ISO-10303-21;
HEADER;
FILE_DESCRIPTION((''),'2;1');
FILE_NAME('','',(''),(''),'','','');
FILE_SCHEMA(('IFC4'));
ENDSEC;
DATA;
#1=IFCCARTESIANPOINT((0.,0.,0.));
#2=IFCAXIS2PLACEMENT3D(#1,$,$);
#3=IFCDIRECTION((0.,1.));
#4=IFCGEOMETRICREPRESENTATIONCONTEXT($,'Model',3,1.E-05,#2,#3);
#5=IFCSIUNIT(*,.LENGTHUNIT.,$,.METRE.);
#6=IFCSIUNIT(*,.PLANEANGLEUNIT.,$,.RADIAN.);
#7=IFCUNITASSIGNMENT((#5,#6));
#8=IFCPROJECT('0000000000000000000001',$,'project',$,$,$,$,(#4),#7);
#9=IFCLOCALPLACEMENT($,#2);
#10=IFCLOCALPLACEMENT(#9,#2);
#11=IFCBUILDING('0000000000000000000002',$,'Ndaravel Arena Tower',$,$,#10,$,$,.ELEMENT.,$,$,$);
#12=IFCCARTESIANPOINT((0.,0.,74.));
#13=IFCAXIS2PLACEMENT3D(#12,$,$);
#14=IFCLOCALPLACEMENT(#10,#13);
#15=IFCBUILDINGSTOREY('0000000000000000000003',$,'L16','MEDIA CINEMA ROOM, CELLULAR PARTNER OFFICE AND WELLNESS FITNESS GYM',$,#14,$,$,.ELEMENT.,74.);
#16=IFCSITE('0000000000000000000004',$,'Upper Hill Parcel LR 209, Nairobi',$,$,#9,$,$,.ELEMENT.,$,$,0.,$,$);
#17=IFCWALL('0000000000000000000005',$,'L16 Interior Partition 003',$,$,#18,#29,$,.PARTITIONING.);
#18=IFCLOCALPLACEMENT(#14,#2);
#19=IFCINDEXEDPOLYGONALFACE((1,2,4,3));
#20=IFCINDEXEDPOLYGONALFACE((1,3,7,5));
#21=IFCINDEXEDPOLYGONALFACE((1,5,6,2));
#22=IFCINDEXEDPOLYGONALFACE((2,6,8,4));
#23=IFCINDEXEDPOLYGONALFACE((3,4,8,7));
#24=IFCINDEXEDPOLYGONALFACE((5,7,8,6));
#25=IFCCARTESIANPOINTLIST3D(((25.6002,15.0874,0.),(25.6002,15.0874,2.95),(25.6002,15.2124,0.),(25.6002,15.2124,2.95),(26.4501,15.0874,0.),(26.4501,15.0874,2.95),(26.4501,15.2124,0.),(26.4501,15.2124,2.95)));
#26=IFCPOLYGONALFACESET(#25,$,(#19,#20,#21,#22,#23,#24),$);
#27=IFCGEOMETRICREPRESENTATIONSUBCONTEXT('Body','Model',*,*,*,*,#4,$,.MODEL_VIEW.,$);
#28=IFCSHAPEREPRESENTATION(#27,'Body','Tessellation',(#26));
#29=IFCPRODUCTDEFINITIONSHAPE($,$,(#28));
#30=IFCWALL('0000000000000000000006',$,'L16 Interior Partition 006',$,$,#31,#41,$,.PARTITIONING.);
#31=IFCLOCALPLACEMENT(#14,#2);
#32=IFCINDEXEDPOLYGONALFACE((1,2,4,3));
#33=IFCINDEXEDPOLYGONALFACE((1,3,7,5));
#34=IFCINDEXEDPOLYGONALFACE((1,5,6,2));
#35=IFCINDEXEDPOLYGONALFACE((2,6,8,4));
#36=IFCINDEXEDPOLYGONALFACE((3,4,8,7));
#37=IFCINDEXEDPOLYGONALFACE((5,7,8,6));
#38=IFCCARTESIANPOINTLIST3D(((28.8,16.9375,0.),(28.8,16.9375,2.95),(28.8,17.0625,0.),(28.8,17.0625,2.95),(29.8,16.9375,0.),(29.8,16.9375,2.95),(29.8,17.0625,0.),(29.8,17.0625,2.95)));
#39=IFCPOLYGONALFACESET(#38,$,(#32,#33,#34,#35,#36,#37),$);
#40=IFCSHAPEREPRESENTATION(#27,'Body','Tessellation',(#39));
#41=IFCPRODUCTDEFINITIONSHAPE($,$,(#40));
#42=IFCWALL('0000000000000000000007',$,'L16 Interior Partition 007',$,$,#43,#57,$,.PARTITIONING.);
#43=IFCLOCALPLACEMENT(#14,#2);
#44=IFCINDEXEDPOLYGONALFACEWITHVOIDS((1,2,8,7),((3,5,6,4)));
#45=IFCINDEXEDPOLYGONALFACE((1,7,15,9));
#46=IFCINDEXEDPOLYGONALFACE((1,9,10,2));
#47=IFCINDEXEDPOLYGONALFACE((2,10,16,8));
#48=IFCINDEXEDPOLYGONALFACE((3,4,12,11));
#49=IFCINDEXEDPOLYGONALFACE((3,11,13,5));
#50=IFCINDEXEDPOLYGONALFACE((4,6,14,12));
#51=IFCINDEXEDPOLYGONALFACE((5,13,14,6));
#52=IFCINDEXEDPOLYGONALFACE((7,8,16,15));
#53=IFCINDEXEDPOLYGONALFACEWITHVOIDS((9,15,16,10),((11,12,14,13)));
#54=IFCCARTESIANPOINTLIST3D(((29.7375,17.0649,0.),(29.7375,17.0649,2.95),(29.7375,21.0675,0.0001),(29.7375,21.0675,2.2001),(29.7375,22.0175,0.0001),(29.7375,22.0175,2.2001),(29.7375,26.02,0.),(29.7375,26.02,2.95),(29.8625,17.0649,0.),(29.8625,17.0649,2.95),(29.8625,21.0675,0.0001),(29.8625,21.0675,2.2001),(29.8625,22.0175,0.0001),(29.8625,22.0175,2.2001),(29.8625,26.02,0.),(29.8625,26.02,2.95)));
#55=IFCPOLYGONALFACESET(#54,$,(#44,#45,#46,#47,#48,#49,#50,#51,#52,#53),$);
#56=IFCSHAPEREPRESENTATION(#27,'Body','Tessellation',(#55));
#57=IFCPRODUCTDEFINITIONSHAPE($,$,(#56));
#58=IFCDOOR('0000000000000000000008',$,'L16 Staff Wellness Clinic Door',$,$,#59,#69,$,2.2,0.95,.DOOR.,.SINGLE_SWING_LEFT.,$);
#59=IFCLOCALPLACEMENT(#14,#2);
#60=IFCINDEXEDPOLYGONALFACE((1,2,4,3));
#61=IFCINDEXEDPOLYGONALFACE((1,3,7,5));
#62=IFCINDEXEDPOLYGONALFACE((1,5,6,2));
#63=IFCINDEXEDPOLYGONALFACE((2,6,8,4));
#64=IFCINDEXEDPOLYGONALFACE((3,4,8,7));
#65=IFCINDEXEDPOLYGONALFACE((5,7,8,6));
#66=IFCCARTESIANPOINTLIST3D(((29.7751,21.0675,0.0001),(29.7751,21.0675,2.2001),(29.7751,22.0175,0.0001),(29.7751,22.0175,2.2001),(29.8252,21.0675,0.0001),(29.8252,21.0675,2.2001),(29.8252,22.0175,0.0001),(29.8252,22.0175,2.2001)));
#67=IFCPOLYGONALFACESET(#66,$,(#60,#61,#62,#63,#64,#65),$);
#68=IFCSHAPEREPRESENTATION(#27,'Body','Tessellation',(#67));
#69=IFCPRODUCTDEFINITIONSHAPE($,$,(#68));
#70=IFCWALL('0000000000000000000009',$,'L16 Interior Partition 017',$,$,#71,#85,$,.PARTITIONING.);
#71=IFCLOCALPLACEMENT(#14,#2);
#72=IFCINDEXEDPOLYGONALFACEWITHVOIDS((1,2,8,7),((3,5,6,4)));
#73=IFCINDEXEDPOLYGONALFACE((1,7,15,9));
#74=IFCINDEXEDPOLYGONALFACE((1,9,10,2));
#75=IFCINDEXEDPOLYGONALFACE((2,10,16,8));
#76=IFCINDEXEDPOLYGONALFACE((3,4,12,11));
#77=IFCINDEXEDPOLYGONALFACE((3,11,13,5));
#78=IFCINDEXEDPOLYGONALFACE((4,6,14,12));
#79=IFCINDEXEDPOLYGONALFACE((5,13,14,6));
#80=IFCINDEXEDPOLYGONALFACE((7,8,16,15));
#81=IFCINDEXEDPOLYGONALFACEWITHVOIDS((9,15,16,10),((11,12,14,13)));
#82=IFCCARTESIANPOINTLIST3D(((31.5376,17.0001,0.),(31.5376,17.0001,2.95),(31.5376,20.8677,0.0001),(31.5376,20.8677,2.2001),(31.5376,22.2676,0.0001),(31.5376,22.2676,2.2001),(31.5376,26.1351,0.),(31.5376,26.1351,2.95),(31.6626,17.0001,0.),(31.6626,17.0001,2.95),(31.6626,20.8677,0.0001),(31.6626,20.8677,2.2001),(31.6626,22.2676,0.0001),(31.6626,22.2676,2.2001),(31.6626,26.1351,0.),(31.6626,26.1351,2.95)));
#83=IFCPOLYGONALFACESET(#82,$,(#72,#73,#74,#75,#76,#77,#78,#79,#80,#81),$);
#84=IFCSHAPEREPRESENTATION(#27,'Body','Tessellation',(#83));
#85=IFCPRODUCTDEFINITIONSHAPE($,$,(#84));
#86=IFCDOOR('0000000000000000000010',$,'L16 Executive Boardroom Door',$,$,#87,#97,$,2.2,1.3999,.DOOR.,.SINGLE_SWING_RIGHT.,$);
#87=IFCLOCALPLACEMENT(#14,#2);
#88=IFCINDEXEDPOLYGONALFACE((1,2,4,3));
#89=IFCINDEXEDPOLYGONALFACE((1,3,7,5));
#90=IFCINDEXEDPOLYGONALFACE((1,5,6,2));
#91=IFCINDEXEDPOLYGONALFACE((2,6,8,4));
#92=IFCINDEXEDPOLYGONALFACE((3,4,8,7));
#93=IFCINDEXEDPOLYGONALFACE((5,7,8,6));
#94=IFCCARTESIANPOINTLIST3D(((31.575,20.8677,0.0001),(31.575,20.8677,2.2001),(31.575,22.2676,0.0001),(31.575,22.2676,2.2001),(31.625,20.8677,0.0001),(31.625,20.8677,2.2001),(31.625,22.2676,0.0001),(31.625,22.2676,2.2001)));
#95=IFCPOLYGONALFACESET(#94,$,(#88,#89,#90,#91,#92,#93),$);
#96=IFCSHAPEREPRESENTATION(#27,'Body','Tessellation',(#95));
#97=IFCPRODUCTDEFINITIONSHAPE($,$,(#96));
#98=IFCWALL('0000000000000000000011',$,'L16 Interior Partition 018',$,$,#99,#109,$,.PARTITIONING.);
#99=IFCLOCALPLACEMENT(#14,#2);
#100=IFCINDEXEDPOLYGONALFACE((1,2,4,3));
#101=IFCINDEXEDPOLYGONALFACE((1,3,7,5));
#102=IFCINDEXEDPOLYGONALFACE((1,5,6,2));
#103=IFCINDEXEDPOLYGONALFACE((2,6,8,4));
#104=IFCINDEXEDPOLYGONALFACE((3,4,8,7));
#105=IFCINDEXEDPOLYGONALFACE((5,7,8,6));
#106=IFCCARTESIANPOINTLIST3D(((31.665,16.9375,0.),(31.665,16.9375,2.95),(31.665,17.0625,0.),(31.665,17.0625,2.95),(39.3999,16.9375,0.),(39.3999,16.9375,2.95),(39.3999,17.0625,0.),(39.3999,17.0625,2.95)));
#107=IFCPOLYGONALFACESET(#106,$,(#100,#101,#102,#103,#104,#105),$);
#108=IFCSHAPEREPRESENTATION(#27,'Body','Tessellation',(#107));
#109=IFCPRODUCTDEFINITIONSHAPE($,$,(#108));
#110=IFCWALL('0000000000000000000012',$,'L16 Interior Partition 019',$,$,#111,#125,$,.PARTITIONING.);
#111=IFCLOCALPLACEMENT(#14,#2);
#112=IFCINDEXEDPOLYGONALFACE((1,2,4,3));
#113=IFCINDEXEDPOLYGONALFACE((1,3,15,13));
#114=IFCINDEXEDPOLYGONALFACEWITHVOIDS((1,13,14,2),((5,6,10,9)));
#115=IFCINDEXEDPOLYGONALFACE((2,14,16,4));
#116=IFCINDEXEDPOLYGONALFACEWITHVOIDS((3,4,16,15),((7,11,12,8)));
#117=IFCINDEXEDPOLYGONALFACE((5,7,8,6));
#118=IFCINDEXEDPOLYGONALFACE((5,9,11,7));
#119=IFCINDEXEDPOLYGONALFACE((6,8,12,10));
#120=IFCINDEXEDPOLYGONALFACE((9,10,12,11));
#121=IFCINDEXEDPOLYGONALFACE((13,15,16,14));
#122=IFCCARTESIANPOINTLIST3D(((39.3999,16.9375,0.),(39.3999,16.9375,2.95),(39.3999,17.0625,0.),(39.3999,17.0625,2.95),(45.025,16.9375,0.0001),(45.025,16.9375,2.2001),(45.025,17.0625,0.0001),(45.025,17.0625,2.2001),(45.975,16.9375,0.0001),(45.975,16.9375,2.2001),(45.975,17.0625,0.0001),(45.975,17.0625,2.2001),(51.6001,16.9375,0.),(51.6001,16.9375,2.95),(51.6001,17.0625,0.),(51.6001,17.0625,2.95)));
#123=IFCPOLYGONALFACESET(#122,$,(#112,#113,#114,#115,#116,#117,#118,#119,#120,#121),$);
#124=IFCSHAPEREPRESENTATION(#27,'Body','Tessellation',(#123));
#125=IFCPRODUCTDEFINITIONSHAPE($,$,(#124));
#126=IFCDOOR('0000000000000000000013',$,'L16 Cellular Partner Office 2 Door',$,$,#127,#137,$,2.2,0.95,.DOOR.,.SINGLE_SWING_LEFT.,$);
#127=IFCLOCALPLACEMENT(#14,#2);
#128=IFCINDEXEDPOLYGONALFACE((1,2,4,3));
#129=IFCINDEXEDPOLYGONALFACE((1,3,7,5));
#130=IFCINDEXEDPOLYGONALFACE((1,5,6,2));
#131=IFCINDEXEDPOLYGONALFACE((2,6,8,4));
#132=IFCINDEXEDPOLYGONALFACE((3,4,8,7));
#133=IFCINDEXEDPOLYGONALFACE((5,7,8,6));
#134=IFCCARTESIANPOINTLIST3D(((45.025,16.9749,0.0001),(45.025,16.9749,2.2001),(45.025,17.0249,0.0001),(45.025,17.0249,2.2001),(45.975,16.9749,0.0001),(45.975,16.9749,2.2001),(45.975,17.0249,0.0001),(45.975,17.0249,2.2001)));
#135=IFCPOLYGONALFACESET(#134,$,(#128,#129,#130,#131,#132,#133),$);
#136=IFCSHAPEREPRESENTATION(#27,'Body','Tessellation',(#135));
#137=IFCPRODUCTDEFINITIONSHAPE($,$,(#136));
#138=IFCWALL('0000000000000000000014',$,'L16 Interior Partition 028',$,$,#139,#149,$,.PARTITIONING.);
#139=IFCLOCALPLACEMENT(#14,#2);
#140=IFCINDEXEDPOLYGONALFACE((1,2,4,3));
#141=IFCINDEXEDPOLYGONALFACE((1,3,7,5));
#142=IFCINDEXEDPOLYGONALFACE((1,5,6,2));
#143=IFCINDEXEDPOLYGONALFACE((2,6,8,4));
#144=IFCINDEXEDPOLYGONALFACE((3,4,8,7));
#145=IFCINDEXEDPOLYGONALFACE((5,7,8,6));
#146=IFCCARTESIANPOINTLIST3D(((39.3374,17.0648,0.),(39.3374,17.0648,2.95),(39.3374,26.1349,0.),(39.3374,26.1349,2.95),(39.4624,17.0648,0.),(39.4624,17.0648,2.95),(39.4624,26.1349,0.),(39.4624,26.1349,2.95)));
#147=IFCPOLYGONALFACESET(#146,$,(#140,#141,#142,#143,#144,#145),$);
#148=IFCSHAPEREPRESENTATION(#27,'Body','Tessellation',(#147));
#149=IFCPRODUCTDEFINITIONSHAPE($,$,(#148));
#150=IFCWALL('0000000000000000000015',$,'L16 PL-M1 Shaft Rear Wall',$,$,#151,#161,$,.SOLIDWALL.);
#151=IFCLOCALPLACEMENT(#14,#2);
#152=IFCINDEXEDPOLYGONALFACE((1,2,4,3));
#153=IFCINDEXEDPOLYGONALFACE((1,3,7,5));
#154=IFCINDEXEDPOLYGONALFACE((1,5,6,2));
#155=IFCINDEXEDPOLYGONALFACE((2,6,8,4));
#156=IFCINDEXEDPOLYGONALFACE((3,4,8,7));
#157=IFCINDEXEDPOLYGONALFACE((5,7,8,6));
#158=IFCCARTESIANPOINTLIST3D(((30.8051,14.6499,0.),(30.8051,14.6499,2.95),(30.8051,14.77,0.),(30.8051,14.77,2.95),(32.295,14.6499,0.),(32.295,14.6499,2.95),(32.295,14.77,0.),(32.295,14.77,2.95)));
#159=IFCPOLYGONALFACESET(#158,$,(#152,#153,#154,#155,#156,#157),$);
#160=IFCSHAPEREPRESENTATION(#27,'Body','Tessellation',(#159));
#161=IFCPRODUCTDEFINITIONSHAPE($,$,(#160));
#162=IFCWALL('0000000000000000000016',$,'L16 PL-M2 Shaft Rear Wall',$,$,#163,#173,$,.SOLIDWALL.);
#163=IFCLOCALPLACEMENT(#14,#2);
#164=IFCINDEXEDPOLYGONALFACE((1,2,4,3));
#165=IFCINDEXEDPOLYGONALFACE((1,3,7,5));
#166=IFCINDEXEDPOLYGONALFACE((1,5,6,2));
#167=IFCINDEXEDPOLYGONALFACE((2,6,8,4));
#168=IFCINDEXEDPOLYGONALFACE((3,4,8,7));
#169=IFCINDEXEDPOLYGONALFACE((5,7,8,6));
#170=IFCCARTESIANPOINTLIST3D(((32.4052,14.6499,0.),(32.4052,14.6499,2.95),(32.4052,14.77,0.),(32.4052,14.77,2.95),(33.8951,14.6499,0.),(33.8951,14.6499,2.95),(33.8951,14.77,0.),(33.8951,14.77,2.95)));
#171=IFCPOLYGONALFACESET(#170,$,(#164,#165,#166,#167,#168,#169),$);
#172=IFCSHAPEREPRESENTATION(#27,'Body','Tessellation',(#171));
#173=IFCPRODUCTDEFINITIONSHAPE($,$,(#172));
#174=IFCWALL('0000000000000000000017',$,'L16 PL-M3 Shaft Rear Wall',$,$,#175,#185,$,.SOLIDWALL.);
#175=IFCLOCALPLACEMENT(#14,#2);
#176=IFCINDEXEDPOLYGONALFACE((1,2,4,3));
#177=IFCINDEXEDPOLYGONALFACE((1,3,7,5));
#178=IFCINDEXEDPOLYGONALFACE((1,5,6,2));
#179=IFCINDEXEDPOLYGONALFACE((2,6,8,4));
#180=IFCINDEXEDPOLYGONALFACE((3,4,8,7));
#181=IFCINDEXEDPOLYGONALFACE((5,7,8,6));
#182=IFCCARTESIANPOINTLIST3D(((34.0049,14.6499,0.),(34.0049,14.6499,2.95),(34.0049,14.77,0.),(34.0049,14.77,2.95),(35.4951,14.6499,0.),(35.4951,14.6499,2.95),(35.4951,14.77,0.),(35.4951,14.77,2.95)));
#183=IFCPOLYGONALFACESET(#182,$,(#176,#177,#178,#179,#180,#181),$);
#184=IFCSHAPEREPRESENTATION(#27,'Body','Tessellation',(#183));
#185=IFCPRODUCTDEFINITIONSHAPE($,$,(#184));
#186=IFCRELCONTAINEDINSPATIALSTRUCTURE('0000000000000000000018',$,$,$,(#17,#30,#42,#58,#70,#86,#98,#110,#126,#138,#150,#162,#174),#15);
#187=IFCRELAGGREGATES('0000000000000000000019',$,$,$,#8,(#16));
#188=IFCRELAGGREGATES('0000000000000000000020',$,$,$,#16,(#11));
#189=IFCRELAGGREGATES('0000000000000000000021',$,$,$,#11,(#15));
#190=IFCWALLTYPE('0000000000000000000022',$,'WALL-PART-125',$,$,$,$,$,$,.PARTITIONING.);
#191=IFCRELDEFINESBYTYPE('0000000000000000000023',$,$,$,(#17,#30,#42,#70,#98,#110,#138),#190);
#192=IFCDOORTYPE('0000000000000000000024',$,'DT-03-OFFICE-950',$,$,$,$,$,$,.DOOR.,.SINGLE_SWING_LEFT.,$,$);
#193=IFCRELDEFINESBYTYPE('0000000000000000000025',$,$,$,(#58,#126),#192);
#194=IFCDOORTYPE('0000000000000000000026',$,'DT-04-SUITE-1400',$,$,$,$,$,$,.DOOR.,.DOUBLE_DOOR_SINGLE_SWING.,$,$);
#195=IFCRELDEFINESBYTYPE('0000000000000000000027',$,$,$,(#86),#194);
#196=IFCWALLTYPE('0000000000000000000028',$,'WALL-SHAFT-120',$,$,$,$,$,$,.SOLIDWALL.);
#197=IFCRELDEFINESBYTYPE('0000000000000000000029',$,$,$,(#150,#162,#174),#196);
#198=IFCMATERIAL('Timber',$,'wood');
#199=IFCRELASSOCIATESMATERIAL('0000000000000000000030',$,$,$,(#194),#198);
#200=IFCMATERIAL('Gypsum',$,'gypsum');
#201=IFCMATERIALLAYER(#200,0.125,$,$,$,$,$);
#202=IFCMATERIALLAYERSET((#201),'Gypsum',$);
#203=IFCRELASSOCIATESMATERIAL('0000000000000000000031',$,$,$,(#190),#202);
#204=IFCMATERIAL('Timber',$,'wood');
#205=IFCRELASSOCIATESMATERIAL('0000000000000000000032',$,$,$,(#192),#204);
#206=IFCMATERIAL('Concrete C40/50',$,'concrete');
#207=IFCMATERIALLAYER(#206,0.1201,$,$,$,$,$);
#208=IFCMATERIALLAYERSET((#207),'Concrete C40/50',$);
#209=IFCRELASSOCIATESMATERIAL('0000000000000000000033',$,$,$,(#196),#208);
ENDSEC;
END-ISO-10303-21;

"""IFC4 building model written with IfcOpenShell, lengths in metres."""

from ifc_helpers import new_model, si_unit, direction, frame, frame_2d, origin, place, context, subcontext, project, spatial, rectangle, extrude, material, layer, layer_set, type_object, element, fill, save


model = new_model("IFC4")

# Units and contexts
model_context = context("Model", 3, precision=1e-05, world=origin(), true_north=direction((0.0, 1.0)))
body_context = subcontext(model_context, "Body", "Model", "MODEL_VIEW")
ifc_project = project(units=[si_unit("LENGTHUNIT", "METRE"), si_unit("PLANEANGLEUNIT", "RADIAN")], contexts=[model_context])

# Site, building, storey
site_placement = place(None, origin())
site = spatial("IfcSite", under=ifc_project, at=site_placement, Name="Upper Hill Parcel LR 209, Nairobi", CompositionType="ELEMENT", RefElevation=0.0)
building_placement = place(site_placement, origin())
building = spatial("IfcBuilding", under=site, at=building_placement, Name="Ndaravel Arena Tower", CompositionType="ELEMENT")
storey_placement = place(building_placement, frame((0.0, 0.0, 74.0)))
storey = spatial("IfcBuildingStorey", under=building, at=storey_placement, Name="L16", Description="MEDIA CINEMA ROOM, CELLULAR PARTNER OFFICE AND WELLNESS FITNESS GYM", CompositionType="ELEMENT", Elevation=74.0)

# Shared definitions
ifc_material_1 = material(Name="Timber", Category="wood")
door_type_1 = type_object("IfcDoorType", Name="DT-04-SUITE-1400", OperationType="DOUBLE_DOOR_SINGLE_SWING", PredefinedType="DOOR", material=ifc_material_1)

# Walls
ifc_material_2 = material(Name="Gypsum", Category="gypsum")
ifc_layer_1 = layer(ifc_material_2, 0.125)
ifc_layer_set_1 = layer_set([ifc_layer_1], Name="Gypsum")
wall_type_1 = type_object("IfcWallType", Name="WALL-PART-125", PredefinedType="PARTITIONING", material=ifc_layer_set_1)
wall_1_placement = place(storey_placement, frame((26.45, 15.1499, 0.0), z_axis=(0.0, 0.0, 1.0), x_axis=(-1.0, 0.0, 0.0)))
element("IfcWall", 1, at=wall_1_placement, inside=storey, type_object=wall_type_1, Name="L16 Interior Partition 003", PredefinedType="PARTITIONING", context=body_context, shape_type="SweptSolid", body=[
    extrude(rectangle(XDim=0.8499, YDim=0.125, at=frame_2d((0.4248, 0.0))), origin(), (0.0, 0.0, 1.0), 2.95),
])
wall_2_placement = place(storey_placement, frame((28.8, 17.0, 0.0), z_axis=(0.0, 0.0, 1.0), x_axis=(1.0, 0.0, 0.0)))
element("IfcWall", 2, at=wall_2_placement, inside=storey, type_object=wall_type_1, Name="L16 Interior Partition 006", PredefinedType="PARTITIONING", context=body_context, shape_type="SweptSolid", body=[
    extrude(rectangle(XDim=1.0, YDim=0.125, at=frame_2d((0.5, 0.0))), origin(), (0.0, 0.0, 1.0), 2.95),
])

# Walls, openings, doors
wall_3_placement = place(storey_placement, frame((29.8, 17.0649, 0.0), z_axis=(0.0, 0.0, 1.0), x_axis=(0.0, 1.0, 0.0)))
wall_3 = element("IfcWall", 3, at=wall_3_placement, inside=storey, type_object=wall_type_1, Name="L16 Interior Partition 007", PredefinedType="PARTITIONING", context=body_context, shape_type="SweptSolid", body=[
    extrude(rectangle(XDim=8.9551, YDim=0.125, at=frame_2d((4.4775, 0.0))), origin(), (0.0, 0.0, 1.0), 2.95),
])
opening_1_placement = place(wall_3_placement, frame((4.0024, 0.0, 0.0)))
opening_1 = element("IfcOpeningElement", 4, at=opening_1_placement, cuts=wall_3, PredefinedType="OPENING", context=body_context, shape_type="SweptSolid", body=[
    extrude(rectangle(XDim=0.95, YDim=2.2, at=frame_2d((0.4751, 1.1001))), frame((0.0, 0.0625, 0.0), z_axis=(0.0, -1.0, 0.0), x_axis=(1.0, 0.0, 0.0)), (0.0, 0.0, 1.0), 0.125),
])
ifc_material_3 = material(Name="Timber", Category="wood")
door_type_2 = type_object("IfcDoorType", Name="DT-03-OFFICE-950", OperationType="SINGLE_SWING_LEFT", PredefinedType="DOOR", material=ifc_material_3)
door_1_placement = place(opening_1_placement, origin())
door_1 = element("IfcDoor", 5, at=door_1_placement, inside=storey, type_object=door_type_2, Name="L16 Staff Wellness Clinic Door", OperationType="SINGLE_SWING_LEFT", OverallHeight=2.2, OverallWidth=0.95, PredefinedType="DOOR", context=body_context, shape_type="SweptSolid", body=[
    extrude(rectangle(XDim=0.95, YDim=2.2, at=frame_2d((0.4751, 1.1001))), frame((0.0, 0.0249, 0.0), z_axis=(0.0, -1.0, 0.0), x_axis=(1.0, 0.0, 0.0)), (0.0, 0.0, 1.0), 0.05),
])
fill(opening_1, door_1)
wall_4_placement = place(storey_placement, frame((31.6001, 26.135, 0.0), z_axis=(0.0, 0.0, 1.0), x_axis=(0.0, -1.0, 0.0)))
wall_4 = element("IfcWall", 6, at=wall_4_placement, inside=storey, type_object=wall_type_1, Name="L16 Interior Partition 017", PredefinedType="PARTITIONING", context=body_context, shape_type="SweptSolid", body=[
    extrude(rectangle(XDim=9.135, YDim=0.125, at=frame_2d((4.5674, 0.0))), origin(), (0.0, 0.0, 1.0), 2.95),
])
opening_2_placement = place(wall_4_placement, frame((3.8674, 0.0, 0.0)))
opening_2 = element("IfcOpeningElement", 7, at=opening_2_placement, cuts=wall_4, PredefinedType="OPENING", context=body_context, shape_type="SweptSolid", body=[
    extrude(rectangle(XDim=1.3999, YDim=2.2, at=frame_2d((0.7, 1.1001))), frame((0.0, 0.0625, 0.0), z_axis=(0.0, -1.0, 0.0), x_axis=(1.0, 0.0, 0.0)), (0.0, 0.0, 1.0), 0.125),
])
door_2_placement = place(opening_2_placement, origin())
door_2 = element("IfcDoor", 8, at=door_2_placement, inside=storey, type_object=door_type_1, Name="L16 Executive Boardroom Door", OperationType="SINGLE_SWING_RIGHT", OverallHeight=2.2, OverallWidth=1.3999, PredefinedType="DOOR", context=body_context, shape_type="SweptSolid", body=[
    extrude(rectangle(XDim=1.3999, YDim=2.2, at=frame_2d((0.7, 1.1001))), frame((0.0, 0.0249, 0.0), z_axis=(0.0, -1.0, 0.0), x_axis=(1.0, 0.0, 0.0)), (0.0, 0.0, 1.0), 0.05),
])
fill(opening_2, door_2)

# Wall
wall_5_placement = place(storey_placement, frame((31.665, 17.0, 0.0), z_axis=(0.0, 0.0, 1.0), x_axis=(1.0, 0.0, 0.0)))
element("IfcWall", 9, at=wall_5_placement, inside=storey, type_object=wall_type_1, Name="L16 Interior Partition 018", PredefinedType="PARTITIONING", context=body_context, shape_type="SweptSolid", body=[
    extrude(rectangle(XDim=7.7349, YDim=0.125, at=frame_2d((3.8674, 0.0))), origin(), (0.0, 0.0, 1.0), 2.95),
])

# Wall, opening, door
wall_6_placement = place(storey_placement, frame((39.3999, 17.0, 0.0), z_axis=(0.0, 0.0, 1.0), x_axis=(1.0, 0.0, 0.0)))
wall_6 = element("IfcWall", 10, at=wall_6_placement, inside=storey, type_object=wall_type_1, Name="L16 Interior Partition 019", PredefinedType="PARTITIONING", context=body_context, shape_type="SweptSolid", body=[
    extrude(rectangle(XDim=12.2002, YDim=0.125, at=frame_2d((6.1001, 0.0))), origin(), (0.0, 0.0, 1.0), 2.95),
])
opening_3_placement = place(wall_6_placement, frame((5.625, 0.0, 0.0)))
opening_3 = element("IfcOpeningElement", 11, at=opening_3_placement, cuts=wall_6, PredefinedType="OPENING", context=body_context, shape_type="SweptSolid", body=[
    extrude(rectangle(XDim=0.95, YDim=2.2, at=frame_2d((0.4751, 1.1001))), frame((0.0, 0.0625, 0.0), z_axis=(0.0, -1.0, 0.0), x_axis=(1.0, 0.0, 0.0)), (0.0, 0.0, 1.0), 0.125),
])
door_3_placement = place(opening_3_placement, origin())
door_3 = element("IfcDoor", 12, at=door_3_placement, inside=storey, type_object=door_type_2, Name="L16 Cellular Partner Office 2 Door", OperationType="SINGLE_SWING_LEFT", OverallHeight=2.2, OverallWidth=0.95, PredefinedType="DOOR", context=body_context, shape_type="SweptSolid", body=[
    extrude(rectangle(XDim=0.95, YDim=2.2, at=frame_2d((0.4751, 1.1001))), frame((0.0, 0.0249, 0.0), z_axis=(0.0, -1.0, 0.0), x_axis=(1.0, 0.0, 0.0)), (0.0, 0.0, 1.0), 0.05),
])
fill(opening_3, door_3)

# Walls
wall_7_placement = place(storey_placement, frame((39.3999, 26.135, 0.0), z_axis=(0.0, 0.0, 1.0), x_axis=(0.0, -1.0, 0.0)))
element("IfcWall", 13, at=wall_7_placement, inside=storey, type_object=wall_type_1, Name="L16 Interior Partition 028", PredefinedType="PARTITIONING", context=body_context, shape_type="SweptSolid", body=[
    extrude(rectangle(XDim=9.0701, YDim=0.125, at=frame_2d((4.5352, 0.0))), origin(), (0.0, 0.0, 1.0), 2.95),
])
ifc_material_4 = material(Name="Concrete C40/50", Category="concrete")
ifc_layer_2 = layer(ifc_material_4, 0.1201)
ifc_layer_set_2 = layer_set([ifc_layer_2], Name="Concrete C40/50")
wall_type_2 = type_object("IfcWallType", Name="WALL-SHAFT-120", PredefinedType="SOLIDWALL", material=ifc_layer_set_2)
for number, where, z_axis, x_axis, name in (
    (14, (30.8049, 14.71, 0.0), (0.0, 0.0, 1.0), (1.0, 0.0, 0.0), "L16 PL-M1 Shaft Rear Wall"),
    (15, (32.405, 14.71, 0.0), (0.0, 0.0, 1.0), (1.0, 0.0, 0.0), "L16 PL-M2 Shaft Rear Wall"),
):
    element("IfcWall", number, at=place(storey_placement, frame(where, z_axis=z_axis, x_axis=x_axis)), inside=storey, type_object=wall_type_2, Name=name, PredefinedType="SOLIDWALL", context=body_context, shape_type="SweptSolid", body=[
        extrude(rectangle(XDim=1.49, YDim=0.1201, at=frame_2d((0.7451, 0.0))), origin(), (0.0, 0.0, 1.0), 2.95),
    ])
wall_8_placement = place(storey_placement, frame((34.0049, 14.71, 0.0), z_axis=(0.0, 0.0, 1.0), x_axis=(1.0, 0.0, 0.0)))
element("IfcWall", 16, at=wall_8_placement, inside=storey, type_object=wall_type_2, Name="L16 PL-M3 Shaft Rear Wall", PredefinedType="SOLIDWALL", context=body_context, shape_type="SweptSolid", body=[
    extrude(rectangle(XDim=1.4902, YDim=0.1201, at=frame_2d((0.7451, 0.0))), origin(), (0.0, 0.0, 1.0), 2.95),
])

save(model, "model.ifc")
